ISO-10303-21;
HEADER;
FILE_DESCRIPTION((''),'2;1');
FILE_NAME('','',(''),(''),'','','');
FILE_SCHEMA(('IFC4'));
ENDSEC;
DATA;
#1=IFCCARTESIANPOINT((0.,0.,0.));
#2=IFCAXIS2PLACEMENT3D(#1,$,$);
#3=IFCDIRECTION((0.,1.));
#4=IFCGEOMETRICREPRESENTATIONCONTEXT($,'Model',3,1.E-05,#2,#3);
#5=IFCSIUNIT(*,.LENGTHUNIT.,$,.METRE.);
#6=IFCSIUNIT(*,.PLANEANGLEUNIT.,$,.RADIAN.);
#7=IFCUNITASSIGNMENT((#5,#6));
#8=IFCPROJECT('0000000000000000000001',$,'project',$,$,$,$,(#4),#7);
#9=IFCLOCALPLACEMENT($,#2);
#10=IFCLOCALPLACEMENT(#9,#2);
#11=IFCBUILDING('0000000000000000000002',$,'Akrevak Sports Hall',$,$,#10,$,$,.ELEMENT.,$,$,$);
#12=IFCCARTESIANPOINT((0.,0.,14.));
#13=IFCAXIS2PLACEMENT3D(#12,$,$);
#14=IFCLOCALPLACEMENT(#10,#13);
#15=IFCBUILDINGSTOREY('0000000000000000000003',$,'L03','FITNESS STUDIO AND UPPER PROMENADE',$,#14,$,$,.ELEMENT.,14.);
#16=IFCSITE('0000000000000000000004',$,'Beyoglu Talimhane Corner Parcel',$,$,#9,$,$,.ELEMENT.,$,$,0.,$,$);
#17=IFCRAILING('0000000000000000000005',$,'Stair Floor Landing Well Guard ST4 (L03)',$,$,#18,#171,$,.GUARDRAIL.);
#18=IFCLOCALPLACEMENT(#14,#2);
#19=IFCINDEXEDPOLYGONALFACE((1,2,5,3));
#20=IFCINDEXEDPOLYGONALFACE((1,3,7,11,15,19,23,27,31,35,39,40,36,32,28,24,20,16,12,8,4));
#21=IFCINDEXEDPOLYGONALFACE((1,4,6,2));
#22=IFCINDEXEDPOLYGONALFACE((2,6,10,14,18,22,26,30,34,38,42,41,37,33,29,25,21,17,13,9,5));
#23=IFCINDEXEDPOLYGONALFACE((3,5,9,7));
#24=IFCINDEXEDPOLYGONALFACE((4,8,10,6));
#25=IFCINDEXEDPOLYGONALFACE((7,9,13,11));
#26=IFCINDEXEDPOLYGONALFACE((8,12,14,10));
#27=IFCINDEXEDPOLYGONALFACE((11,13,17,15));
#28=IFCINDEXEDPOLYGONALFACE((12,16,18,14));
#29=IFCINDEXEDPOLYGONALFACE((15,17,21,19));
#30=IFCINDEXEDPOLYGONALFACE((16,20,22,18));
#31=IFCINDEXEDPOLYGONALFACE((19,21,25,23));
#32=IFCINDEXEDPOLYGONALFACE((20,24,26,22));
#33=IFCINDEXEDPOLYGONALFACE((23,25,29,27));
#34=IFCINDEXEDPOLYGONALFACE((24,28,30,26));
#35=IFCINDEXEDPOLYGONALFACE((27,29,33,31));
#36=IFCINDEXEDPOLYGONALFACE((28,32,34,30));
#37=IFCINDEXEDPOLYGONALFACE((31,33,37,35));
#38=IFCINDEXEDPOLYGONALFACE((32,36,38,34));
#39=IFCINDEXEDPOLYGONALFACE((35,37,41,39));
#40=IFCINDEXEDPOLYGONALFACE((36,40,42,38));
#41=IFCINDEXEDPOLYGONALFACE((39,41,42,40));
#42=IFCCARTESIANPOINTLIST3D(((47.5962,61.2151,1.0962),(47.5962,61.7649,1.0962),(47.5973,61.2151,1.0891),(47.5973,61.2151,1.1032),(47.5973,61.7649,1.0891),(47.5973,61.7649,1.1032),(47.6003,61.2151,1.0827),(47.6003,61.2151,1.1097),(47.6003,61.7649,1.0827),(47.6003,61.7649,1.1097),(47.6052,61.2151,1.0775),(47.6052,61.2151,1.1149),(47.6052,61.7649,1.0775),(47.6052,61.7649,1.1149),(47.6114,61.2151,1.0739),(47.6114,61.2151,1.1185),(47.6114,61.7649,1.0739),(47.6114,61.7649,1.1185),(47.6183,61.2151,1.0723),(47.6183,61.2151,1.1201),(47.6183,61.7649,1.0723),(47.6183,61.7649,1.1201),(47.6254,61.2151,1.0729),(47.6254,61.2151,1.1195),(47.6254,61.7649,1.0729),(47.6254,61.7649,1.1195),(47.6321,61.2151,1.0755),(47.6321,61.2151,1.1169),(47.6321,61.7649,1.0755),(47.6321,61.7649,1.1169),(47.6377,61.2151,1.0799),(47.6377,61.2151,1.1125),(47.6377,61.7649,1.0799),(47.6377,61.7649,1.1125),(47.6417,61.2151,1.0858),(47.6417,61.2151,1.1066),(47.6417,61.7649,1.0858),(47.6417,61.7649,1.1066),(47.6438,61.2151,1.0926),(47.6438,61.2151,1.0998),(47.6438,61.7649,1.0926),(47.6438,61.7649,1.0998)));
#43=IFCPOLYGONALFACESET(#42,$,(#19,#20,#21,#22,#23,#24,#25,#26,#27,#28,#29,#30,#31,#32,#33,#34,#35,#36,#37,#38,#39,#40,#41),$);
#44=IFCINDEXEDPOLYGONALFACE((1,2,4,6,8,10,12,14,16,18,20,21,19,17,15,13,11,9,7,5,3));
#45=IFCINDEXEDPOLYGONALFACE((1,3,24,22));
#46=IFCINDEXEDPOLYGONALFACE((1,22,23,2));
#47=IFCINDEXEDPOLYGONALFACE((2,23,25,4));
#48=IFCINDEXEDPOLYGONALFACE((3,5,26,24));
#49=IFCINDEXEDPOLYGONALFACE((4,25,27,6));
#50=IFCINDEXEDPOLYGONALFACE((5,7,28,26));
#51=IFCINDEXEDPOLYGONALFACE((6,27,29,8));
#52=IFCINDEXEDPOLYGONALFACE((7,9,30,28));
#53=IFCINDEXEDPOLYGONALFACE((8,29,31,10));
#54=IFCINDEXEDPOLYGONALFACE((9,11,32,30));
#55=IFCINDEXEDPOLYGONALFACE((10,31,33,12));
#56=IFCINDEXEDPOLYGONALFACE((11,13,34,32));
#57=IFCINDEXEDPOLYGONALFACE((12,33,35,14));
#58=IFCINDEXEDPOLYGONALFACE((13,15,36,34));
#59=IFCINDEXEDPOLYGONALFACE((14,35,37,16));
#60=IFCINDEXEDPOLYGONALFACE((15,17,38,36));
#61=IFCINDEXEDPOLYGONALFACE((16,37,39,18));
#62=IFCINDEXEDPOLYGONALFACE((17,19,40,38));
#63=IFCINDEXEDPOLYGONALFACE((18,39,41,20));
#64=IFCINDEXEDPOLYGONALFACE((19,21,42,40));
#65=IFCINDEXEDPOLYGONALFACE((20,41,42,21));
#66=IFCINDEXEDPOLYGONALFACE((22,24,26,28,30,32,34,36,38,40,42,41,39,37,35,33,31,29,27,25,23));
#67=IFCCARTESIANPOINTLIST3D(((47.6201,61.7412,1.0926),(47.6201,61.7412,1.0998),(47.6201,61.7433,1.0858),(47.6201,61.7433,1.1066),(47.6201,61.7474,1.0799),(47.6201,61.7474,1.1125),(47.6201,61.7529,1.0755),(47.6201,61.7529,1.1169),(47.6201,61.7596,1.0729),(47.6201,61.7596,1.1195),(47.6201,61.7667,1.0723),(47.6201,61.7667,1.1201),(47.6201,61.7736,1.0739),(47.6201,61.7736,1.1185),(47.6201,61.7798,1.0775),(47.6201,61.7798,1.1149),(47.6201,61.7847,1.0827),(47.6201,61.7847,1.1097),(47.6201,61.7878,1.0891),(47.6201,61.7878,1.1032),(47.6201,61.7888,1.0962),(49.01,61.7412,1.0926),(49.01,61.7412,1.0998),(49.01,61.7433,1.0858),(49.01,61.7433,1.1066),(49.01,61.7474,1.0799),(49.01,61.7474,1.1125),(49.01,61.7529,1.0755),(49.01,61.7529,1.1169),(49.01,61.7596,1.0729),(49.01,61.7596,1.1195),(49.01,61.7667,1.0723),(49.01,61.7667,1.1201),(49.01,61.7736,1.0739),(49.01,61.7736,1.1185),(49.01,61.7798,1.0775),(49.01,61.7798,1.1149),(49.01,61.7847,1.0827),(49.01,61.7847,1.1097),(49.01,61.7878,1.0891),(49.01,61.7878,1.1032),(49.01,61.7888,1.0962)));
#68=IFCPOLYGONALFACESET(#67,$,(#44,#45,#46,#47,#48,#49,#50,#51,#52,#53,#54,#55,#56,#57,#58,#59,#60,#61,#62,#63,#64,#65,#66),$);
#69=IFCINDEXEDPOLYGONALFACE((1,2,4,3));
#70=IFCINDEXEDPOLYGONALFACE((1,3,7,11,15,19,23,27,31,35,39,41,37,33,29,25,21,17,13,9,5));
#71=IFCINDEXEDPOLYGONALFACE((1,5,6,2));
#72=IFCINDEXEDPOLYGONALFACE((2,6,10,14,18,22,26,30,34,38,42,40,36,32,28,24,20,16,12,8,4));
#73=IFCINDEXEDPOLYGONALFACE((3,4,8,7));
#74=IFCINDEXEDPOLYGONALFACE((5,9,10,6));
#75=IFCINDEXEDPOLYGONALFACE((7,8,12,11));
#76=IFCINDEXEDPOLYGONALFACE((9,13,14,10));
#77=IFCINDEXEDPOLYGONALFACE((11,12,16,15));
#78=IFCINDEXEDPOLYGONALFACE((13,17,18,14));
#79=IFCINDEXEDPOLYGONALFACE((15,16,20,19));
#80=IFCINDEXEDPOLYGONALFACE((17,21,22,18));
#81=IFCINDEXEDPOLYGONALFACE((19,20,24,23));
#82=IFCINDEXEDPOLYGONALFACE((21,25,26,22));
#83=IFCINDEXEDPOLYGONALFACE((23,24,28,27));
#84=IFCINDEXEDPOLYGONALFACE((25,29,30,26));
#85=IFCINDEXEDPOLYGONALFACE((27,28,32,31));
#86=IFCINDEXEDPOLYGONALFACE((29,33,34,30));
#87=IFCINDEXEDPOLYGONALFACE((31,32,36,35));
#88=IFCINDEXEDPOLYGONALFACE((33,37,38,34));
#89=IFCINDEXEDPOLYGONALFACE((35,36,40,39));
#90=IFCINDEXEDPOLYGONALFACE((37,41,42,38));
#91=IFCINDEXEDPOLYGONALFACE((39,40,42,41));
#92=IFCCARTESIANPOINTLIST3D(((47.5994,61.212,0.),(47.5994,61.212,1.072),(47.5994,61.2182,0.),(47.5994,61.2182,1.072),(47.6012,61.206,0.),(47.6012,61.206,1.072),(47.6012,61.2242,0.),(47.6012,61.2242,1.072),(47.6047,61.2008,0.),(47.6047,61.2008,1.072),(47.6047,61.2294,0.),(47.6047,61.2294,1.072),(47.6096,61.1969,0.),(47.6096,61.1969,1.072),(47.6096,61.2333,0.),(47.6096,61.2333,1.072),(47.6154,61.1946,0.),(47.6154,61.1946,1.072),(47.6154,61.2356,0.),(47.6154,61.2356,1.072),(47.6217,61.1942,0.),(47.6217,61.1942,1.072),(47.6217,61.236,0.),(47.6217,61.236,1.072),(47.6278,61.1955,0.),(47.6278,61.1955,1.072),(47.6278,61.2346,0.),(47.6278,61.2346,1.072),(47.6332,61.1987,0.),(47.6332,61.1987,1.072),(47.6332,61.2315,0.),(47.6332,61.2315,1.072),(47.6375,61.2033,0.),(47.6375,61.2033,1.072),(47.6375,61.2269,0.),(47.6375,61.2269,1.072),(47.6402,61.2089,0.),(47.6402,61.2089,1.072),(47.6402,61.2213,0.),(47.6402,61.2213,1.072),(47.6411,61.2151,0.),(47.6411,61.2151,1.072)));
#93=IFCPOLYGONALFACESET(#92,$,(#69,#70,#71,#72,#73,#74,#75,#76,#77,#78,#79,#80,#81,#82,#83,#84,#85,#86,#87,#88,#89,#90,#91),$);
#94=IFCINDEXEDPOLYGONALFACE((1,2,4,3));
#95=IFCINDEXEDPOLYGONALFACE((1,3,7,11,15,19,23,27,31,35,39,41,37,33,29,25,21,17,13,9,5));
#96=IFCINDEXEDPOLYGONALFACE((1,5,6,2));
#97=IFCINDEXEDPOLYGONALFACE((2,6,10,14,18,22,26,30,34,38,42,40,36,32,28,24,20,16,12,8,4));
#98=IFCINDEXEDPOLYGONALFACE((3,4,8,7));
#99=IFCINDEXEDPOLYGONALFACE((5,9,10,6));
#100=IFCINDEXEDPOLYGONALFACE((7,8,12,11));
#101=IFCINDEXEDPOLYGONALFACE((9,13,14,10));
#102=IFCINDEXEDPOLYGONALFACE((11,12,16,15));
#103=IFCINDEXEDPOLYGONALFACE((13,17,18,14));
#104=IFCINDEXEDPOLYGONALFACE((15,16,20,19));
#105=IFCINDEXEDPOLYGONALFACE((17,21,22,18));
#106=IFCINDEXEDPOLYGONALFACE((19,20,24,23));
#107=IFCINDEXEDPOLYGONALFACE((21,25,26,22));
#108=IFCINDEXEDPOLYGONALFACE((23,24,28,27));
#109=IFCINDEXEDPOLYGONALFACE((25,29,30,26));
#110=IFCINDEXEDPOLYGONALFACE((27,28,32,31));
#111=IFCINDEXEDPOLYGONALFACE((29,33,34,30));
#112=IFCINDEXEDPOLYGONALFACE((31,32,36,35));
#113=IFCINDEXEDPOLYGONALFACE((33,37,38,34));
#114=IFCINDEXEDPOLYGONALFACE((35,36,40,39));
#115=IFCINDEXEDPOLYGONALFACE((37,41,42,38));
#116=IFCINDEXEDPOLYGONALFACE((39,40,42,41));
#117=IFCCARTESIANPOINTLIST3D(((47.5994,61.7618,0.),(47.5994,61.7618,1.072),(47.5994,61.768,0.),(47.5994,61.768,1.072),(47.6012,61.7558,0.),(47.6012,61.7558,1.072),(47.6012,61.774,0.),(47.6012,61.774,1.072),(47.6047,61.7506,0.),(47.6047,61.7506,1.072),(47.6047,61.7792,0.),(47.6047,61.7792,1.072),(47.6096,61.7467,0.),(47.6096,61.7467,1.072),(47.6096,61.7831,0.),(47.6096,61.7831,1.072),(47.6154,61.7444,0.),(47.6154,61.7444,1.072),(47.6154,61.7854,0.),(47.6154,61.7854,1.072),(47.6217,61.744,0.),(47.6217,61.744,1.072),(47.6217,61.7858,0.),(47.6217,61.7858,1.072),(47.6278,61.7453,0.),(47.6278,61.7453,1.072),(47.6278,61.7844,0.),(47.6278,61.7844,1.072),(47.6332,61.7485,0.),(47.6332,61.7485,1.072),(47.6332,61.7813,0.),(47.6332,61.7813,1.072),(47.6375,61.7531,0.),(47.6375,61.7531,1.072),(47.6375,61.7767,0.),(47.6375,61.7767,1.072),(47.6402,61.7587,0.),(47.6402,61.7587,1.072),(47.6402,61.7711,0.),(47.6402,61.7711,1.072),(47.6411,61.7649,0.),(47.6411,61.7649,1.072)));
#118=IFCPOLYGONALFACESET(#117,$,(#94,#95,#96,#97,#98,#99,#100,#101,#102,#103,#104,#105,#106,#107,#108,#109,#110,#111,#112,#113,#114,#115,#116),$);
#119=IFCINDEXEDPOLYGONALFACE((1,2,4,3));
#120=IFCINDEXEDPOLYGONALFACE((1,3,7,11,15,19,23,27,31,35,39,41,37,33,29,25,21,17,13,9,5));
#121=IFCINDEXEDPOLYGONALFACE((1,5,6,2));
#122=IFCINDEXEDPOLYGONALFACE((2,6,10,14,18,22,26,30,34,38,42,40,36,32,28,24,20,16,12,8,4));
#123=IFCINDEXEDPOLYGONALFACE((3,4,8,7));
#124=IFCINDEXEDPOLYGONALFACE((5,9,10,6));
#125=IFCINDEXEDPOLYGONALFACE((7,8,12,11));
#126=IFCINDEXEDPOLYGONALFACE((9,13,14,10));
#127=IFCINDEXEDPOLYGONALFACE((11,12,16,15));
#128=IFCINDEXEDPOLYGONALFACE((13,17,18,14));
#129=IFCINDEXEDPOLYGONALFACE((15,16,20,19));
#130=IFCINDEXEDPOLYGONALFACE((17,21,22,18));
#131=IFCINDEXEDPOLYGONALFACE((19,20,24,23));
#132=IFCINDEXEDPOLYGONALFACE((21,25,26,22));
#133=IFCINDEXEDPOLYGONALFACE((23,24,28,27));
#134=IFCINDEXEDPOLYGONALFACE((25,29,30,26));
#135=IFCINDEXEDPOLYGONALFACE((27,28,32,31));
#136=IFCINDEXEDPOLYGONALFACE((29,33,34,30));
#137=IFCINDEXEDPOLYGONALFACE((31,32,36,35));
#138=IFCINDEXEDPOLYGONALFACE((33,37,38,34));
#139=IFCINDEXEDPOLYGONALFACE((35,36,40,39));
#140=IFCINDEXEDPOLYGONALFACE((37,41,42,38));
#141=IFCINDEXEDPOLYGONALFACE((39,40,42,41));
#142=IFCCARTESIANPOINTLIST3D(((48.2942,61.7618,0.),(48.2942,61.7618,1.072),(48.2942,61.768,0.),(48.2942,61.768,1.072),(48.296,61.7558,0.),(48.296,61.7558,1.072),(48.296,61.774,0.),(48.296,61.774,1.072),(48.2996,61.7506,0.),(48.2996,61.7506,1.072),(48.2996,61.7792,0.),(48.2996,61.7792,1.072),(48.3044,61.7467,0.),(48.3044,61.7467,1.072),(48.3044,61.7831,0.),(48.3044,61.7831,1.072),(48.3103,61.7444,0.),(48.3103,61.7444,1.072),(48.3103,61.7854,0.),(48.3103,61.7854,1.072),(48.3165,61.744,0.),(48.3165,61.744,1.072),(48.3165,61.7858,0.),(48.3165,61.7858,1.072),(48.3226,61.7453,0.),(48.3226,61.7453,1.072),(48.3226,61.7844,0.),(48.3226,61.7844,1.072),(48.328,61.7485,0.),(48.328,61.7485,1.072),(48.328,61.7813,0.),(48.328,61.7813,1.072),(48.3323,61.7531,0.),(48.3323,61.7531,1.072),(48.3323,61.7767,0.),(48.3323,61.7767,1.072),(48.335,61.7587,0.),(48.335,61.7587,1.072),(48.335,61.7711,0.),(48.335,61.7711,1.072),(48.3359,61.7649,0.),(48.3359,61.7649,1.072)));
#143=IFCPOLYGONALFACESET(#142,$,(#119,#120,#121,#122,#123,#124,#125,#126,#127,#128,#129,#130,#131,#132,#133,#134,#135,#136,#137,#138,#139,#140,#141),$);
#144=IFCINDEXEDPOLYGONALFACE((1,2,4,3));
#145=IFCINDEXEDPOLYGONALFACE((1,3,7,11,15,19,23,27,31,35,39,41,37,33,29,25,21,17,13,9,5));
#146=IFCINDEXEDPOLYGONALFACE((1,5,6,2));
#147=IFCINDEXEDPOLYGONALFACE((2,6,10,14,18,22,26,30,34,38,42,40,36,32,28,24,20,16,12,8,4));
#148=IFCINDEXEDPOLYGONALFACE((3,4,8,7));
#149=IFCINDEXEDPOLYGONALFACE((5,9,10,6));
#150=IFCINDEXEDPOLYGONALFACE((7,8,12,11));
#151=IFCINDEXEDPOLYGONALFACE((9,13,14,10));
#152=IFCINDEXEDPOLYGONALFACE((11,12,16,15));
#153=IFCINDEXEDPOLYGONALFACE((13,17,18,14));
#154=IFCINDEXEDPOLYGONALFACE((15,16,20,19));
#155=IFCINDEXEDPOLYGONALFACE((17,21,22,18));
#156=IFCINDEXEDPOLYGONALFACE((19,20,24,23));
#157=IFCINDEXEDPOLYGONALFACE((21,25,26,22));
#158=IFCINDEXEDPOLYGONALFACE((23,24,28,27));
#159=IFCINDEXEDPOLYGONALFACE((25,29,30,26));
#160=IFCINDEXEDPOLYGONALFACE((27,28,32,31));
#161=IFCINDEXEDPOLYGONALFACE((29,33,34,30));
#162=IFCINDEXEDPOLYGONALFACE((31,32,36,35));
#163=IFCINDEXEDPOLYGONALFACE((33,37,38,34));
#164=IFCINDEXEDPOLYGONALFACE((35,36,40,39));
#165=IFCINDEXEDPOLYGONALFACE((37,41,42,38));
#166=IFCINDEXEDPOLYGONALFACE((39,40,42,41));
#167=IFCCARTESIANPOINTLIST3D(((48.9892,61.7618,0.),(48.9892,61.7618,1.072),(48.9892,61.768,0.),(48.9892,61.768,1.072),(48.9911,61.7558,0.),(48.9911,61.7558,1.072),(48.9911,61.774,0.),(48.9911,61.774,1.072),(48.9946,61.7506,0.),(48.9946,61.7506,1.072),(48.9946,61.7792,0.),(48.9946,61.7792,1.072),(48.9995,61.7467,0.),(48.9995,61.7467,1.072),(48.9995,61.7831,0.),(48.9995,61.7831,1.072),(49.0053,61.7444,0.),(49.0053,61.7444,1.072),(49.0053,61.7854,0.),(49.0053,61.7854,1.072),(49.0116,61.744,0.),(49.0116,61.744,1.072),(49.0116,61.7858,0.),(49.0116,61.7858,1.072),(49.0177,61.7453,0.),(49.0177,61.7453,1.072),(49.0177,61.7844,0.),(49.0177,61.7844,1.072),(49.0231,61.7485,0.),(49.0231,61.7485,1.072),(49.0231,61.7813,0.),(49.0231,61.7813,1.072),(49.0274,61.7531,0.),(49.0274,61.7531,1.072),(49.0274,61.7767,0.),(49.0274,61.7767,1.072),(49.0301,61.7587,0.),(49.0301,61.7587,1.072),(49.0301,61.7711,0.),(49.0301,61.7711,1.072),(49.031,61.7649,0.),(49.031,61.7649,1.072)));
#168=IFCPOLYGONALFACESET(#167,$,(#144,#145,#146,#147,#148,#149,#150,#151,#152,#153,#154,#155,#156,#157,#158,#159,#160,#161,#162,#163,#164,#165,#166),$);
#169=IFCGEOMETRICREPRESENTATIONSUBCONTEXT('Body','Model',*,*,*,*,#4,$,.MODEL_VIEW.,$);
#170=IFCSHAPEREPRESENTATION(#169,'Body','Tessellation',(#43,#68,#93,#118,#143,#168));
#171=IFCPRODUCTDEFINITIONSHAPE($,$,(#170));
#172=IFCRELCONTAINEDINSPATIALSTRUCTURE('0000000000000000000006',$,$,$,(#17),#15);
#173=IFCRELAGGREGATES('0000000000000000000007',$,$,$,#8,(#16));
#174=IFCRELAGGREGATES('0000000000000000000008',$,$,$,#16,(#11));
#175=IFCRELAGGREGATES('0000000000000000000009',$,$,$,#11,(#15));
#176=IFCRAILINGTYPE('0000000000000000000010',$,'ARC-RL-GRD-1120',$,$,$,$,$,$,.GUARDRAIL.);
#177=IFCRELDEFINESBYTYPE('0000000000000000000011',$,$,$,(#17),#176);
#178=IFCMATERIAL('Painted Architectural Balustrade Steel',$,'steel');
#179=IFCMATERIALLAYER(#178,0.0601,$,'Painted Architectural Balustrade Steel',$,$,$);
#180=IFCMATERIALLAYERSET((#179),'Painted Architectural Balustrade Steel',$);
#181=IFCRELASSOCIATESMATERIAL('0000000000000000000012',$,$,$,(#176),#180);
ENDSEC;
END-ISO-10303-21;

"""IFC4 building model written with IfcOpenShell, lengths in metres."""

from ifc_helpers import new_model, si_unit, direction, frame, origin, origin_2d, place, context, subcontext, project, spatial, circle, extrude, material, layer, layer_set, type_object, element, save


model = new_model("IFC4")

# Units and contexts
model_context = context("Model", 3, precision=1e-05, world=origin(), true_north=direction((0.0, 1.0)))
body_context = subcontext(model_context, "Body", "Model", "MODEL_VIEW")
ifc_project = project(units=[si_unit("LENGTHUNIT", "METRE"), si_unit("PLANEANGLEUNIT", "RADIAN")], contexts=[model_context])

# Site, building, storey
site_placement = place(None, origin())
site = spatial("IfcSite", under=ifc_project, at=site_placement, Name="Beyoglu Talimhane Corner Parcel", CompositionType="ELEMENT", RefElevation=0.0)
building_placement = place(site_placement, origin())
building = spatial("IfcBuilding", under=site, at=building_placement, Name="Akrevak Sports Hall", CompositionType="ELEMENT")
storey_placement = place(building_placement, frame((0.0, 0.0, 14.0)))
storey = spatial("IfcBuildingStorey", under=building, at=storey_placement, Name="L03", Description="FITNESS STUDIO AND UPPER PROMENADE", CompositionType="ELEMENT", Elevation=14.0)

# Railing
ifc_material_1 = material(Name="Painted Architectural Balustrade Steel", Category="steel")
ifc_layer_1 = layer(ifc_material_1, 0.0601, Name="Painted Architectural Balustrade Steel")
ifc_layer_set_1 = layer_set([ifc_layer_1], Name="Painted Architectural Balustrade Steel")
railing_type_1 = type_object("IfcRailingType", Name="ARC-RL-GRD-1120", PredefinedType="GUARDRAIL", material=ifc_layer_set_1)
railing_1_placement = place(storey_placement, frame((47.6201, 61.2151, 0.0)))
element("IfcRailing", 1, at=railing_1_placement, inside=storey, type_object=railing_type_1, Name="Stair Floor Landing Well Guard ST4 (L03)", PredefinedType="GUARDRAIL", context=body_context, shape_type="SweptSolid", body=[
    extrude(circle(Radius=0.0239, at=origin_2d()), frame((0.0, 0.0, 1.0962), z_axis=(0.0, 1.0, 0.0), x_axis=(-1.0, 0.0, 0.0)), (0.0, 0.0, 1.0), 0.5498),
    extrude(circle(Radius=0.0239, at=origin_2d()), frame((0.0, 0.5498, 1.0962), z_axis=(1.0, 0.0, 0.0), x_axis=(0.0, 1.0, 0.0)), (0.0, 0.0, 1.0), 1.3899),
    extrude(circle(Radius=0.021, at=origin_2d()), origin(), (0.0, 0.0, 1.0), 1.072),
    extrude(circle(Radius=0.021, at=origin_2d()), frame((0.0, 0.5498, 0.0)), (0.0, 0.0, 1.0), 1.072),
    extrude(circle(Radius=0.021, at=origin_2d()), frame((0.6948, 0.5498, 0.0)), (0.0, 0.0, 1.0), 1.072),
    extrude(circle(Radius=0.021, at=origin_2d()), frame((1.3899, 0.5498, 0.0)), (0.0, 0.0, 1.0), 1.072),
])

save(model, "model.ifc")
